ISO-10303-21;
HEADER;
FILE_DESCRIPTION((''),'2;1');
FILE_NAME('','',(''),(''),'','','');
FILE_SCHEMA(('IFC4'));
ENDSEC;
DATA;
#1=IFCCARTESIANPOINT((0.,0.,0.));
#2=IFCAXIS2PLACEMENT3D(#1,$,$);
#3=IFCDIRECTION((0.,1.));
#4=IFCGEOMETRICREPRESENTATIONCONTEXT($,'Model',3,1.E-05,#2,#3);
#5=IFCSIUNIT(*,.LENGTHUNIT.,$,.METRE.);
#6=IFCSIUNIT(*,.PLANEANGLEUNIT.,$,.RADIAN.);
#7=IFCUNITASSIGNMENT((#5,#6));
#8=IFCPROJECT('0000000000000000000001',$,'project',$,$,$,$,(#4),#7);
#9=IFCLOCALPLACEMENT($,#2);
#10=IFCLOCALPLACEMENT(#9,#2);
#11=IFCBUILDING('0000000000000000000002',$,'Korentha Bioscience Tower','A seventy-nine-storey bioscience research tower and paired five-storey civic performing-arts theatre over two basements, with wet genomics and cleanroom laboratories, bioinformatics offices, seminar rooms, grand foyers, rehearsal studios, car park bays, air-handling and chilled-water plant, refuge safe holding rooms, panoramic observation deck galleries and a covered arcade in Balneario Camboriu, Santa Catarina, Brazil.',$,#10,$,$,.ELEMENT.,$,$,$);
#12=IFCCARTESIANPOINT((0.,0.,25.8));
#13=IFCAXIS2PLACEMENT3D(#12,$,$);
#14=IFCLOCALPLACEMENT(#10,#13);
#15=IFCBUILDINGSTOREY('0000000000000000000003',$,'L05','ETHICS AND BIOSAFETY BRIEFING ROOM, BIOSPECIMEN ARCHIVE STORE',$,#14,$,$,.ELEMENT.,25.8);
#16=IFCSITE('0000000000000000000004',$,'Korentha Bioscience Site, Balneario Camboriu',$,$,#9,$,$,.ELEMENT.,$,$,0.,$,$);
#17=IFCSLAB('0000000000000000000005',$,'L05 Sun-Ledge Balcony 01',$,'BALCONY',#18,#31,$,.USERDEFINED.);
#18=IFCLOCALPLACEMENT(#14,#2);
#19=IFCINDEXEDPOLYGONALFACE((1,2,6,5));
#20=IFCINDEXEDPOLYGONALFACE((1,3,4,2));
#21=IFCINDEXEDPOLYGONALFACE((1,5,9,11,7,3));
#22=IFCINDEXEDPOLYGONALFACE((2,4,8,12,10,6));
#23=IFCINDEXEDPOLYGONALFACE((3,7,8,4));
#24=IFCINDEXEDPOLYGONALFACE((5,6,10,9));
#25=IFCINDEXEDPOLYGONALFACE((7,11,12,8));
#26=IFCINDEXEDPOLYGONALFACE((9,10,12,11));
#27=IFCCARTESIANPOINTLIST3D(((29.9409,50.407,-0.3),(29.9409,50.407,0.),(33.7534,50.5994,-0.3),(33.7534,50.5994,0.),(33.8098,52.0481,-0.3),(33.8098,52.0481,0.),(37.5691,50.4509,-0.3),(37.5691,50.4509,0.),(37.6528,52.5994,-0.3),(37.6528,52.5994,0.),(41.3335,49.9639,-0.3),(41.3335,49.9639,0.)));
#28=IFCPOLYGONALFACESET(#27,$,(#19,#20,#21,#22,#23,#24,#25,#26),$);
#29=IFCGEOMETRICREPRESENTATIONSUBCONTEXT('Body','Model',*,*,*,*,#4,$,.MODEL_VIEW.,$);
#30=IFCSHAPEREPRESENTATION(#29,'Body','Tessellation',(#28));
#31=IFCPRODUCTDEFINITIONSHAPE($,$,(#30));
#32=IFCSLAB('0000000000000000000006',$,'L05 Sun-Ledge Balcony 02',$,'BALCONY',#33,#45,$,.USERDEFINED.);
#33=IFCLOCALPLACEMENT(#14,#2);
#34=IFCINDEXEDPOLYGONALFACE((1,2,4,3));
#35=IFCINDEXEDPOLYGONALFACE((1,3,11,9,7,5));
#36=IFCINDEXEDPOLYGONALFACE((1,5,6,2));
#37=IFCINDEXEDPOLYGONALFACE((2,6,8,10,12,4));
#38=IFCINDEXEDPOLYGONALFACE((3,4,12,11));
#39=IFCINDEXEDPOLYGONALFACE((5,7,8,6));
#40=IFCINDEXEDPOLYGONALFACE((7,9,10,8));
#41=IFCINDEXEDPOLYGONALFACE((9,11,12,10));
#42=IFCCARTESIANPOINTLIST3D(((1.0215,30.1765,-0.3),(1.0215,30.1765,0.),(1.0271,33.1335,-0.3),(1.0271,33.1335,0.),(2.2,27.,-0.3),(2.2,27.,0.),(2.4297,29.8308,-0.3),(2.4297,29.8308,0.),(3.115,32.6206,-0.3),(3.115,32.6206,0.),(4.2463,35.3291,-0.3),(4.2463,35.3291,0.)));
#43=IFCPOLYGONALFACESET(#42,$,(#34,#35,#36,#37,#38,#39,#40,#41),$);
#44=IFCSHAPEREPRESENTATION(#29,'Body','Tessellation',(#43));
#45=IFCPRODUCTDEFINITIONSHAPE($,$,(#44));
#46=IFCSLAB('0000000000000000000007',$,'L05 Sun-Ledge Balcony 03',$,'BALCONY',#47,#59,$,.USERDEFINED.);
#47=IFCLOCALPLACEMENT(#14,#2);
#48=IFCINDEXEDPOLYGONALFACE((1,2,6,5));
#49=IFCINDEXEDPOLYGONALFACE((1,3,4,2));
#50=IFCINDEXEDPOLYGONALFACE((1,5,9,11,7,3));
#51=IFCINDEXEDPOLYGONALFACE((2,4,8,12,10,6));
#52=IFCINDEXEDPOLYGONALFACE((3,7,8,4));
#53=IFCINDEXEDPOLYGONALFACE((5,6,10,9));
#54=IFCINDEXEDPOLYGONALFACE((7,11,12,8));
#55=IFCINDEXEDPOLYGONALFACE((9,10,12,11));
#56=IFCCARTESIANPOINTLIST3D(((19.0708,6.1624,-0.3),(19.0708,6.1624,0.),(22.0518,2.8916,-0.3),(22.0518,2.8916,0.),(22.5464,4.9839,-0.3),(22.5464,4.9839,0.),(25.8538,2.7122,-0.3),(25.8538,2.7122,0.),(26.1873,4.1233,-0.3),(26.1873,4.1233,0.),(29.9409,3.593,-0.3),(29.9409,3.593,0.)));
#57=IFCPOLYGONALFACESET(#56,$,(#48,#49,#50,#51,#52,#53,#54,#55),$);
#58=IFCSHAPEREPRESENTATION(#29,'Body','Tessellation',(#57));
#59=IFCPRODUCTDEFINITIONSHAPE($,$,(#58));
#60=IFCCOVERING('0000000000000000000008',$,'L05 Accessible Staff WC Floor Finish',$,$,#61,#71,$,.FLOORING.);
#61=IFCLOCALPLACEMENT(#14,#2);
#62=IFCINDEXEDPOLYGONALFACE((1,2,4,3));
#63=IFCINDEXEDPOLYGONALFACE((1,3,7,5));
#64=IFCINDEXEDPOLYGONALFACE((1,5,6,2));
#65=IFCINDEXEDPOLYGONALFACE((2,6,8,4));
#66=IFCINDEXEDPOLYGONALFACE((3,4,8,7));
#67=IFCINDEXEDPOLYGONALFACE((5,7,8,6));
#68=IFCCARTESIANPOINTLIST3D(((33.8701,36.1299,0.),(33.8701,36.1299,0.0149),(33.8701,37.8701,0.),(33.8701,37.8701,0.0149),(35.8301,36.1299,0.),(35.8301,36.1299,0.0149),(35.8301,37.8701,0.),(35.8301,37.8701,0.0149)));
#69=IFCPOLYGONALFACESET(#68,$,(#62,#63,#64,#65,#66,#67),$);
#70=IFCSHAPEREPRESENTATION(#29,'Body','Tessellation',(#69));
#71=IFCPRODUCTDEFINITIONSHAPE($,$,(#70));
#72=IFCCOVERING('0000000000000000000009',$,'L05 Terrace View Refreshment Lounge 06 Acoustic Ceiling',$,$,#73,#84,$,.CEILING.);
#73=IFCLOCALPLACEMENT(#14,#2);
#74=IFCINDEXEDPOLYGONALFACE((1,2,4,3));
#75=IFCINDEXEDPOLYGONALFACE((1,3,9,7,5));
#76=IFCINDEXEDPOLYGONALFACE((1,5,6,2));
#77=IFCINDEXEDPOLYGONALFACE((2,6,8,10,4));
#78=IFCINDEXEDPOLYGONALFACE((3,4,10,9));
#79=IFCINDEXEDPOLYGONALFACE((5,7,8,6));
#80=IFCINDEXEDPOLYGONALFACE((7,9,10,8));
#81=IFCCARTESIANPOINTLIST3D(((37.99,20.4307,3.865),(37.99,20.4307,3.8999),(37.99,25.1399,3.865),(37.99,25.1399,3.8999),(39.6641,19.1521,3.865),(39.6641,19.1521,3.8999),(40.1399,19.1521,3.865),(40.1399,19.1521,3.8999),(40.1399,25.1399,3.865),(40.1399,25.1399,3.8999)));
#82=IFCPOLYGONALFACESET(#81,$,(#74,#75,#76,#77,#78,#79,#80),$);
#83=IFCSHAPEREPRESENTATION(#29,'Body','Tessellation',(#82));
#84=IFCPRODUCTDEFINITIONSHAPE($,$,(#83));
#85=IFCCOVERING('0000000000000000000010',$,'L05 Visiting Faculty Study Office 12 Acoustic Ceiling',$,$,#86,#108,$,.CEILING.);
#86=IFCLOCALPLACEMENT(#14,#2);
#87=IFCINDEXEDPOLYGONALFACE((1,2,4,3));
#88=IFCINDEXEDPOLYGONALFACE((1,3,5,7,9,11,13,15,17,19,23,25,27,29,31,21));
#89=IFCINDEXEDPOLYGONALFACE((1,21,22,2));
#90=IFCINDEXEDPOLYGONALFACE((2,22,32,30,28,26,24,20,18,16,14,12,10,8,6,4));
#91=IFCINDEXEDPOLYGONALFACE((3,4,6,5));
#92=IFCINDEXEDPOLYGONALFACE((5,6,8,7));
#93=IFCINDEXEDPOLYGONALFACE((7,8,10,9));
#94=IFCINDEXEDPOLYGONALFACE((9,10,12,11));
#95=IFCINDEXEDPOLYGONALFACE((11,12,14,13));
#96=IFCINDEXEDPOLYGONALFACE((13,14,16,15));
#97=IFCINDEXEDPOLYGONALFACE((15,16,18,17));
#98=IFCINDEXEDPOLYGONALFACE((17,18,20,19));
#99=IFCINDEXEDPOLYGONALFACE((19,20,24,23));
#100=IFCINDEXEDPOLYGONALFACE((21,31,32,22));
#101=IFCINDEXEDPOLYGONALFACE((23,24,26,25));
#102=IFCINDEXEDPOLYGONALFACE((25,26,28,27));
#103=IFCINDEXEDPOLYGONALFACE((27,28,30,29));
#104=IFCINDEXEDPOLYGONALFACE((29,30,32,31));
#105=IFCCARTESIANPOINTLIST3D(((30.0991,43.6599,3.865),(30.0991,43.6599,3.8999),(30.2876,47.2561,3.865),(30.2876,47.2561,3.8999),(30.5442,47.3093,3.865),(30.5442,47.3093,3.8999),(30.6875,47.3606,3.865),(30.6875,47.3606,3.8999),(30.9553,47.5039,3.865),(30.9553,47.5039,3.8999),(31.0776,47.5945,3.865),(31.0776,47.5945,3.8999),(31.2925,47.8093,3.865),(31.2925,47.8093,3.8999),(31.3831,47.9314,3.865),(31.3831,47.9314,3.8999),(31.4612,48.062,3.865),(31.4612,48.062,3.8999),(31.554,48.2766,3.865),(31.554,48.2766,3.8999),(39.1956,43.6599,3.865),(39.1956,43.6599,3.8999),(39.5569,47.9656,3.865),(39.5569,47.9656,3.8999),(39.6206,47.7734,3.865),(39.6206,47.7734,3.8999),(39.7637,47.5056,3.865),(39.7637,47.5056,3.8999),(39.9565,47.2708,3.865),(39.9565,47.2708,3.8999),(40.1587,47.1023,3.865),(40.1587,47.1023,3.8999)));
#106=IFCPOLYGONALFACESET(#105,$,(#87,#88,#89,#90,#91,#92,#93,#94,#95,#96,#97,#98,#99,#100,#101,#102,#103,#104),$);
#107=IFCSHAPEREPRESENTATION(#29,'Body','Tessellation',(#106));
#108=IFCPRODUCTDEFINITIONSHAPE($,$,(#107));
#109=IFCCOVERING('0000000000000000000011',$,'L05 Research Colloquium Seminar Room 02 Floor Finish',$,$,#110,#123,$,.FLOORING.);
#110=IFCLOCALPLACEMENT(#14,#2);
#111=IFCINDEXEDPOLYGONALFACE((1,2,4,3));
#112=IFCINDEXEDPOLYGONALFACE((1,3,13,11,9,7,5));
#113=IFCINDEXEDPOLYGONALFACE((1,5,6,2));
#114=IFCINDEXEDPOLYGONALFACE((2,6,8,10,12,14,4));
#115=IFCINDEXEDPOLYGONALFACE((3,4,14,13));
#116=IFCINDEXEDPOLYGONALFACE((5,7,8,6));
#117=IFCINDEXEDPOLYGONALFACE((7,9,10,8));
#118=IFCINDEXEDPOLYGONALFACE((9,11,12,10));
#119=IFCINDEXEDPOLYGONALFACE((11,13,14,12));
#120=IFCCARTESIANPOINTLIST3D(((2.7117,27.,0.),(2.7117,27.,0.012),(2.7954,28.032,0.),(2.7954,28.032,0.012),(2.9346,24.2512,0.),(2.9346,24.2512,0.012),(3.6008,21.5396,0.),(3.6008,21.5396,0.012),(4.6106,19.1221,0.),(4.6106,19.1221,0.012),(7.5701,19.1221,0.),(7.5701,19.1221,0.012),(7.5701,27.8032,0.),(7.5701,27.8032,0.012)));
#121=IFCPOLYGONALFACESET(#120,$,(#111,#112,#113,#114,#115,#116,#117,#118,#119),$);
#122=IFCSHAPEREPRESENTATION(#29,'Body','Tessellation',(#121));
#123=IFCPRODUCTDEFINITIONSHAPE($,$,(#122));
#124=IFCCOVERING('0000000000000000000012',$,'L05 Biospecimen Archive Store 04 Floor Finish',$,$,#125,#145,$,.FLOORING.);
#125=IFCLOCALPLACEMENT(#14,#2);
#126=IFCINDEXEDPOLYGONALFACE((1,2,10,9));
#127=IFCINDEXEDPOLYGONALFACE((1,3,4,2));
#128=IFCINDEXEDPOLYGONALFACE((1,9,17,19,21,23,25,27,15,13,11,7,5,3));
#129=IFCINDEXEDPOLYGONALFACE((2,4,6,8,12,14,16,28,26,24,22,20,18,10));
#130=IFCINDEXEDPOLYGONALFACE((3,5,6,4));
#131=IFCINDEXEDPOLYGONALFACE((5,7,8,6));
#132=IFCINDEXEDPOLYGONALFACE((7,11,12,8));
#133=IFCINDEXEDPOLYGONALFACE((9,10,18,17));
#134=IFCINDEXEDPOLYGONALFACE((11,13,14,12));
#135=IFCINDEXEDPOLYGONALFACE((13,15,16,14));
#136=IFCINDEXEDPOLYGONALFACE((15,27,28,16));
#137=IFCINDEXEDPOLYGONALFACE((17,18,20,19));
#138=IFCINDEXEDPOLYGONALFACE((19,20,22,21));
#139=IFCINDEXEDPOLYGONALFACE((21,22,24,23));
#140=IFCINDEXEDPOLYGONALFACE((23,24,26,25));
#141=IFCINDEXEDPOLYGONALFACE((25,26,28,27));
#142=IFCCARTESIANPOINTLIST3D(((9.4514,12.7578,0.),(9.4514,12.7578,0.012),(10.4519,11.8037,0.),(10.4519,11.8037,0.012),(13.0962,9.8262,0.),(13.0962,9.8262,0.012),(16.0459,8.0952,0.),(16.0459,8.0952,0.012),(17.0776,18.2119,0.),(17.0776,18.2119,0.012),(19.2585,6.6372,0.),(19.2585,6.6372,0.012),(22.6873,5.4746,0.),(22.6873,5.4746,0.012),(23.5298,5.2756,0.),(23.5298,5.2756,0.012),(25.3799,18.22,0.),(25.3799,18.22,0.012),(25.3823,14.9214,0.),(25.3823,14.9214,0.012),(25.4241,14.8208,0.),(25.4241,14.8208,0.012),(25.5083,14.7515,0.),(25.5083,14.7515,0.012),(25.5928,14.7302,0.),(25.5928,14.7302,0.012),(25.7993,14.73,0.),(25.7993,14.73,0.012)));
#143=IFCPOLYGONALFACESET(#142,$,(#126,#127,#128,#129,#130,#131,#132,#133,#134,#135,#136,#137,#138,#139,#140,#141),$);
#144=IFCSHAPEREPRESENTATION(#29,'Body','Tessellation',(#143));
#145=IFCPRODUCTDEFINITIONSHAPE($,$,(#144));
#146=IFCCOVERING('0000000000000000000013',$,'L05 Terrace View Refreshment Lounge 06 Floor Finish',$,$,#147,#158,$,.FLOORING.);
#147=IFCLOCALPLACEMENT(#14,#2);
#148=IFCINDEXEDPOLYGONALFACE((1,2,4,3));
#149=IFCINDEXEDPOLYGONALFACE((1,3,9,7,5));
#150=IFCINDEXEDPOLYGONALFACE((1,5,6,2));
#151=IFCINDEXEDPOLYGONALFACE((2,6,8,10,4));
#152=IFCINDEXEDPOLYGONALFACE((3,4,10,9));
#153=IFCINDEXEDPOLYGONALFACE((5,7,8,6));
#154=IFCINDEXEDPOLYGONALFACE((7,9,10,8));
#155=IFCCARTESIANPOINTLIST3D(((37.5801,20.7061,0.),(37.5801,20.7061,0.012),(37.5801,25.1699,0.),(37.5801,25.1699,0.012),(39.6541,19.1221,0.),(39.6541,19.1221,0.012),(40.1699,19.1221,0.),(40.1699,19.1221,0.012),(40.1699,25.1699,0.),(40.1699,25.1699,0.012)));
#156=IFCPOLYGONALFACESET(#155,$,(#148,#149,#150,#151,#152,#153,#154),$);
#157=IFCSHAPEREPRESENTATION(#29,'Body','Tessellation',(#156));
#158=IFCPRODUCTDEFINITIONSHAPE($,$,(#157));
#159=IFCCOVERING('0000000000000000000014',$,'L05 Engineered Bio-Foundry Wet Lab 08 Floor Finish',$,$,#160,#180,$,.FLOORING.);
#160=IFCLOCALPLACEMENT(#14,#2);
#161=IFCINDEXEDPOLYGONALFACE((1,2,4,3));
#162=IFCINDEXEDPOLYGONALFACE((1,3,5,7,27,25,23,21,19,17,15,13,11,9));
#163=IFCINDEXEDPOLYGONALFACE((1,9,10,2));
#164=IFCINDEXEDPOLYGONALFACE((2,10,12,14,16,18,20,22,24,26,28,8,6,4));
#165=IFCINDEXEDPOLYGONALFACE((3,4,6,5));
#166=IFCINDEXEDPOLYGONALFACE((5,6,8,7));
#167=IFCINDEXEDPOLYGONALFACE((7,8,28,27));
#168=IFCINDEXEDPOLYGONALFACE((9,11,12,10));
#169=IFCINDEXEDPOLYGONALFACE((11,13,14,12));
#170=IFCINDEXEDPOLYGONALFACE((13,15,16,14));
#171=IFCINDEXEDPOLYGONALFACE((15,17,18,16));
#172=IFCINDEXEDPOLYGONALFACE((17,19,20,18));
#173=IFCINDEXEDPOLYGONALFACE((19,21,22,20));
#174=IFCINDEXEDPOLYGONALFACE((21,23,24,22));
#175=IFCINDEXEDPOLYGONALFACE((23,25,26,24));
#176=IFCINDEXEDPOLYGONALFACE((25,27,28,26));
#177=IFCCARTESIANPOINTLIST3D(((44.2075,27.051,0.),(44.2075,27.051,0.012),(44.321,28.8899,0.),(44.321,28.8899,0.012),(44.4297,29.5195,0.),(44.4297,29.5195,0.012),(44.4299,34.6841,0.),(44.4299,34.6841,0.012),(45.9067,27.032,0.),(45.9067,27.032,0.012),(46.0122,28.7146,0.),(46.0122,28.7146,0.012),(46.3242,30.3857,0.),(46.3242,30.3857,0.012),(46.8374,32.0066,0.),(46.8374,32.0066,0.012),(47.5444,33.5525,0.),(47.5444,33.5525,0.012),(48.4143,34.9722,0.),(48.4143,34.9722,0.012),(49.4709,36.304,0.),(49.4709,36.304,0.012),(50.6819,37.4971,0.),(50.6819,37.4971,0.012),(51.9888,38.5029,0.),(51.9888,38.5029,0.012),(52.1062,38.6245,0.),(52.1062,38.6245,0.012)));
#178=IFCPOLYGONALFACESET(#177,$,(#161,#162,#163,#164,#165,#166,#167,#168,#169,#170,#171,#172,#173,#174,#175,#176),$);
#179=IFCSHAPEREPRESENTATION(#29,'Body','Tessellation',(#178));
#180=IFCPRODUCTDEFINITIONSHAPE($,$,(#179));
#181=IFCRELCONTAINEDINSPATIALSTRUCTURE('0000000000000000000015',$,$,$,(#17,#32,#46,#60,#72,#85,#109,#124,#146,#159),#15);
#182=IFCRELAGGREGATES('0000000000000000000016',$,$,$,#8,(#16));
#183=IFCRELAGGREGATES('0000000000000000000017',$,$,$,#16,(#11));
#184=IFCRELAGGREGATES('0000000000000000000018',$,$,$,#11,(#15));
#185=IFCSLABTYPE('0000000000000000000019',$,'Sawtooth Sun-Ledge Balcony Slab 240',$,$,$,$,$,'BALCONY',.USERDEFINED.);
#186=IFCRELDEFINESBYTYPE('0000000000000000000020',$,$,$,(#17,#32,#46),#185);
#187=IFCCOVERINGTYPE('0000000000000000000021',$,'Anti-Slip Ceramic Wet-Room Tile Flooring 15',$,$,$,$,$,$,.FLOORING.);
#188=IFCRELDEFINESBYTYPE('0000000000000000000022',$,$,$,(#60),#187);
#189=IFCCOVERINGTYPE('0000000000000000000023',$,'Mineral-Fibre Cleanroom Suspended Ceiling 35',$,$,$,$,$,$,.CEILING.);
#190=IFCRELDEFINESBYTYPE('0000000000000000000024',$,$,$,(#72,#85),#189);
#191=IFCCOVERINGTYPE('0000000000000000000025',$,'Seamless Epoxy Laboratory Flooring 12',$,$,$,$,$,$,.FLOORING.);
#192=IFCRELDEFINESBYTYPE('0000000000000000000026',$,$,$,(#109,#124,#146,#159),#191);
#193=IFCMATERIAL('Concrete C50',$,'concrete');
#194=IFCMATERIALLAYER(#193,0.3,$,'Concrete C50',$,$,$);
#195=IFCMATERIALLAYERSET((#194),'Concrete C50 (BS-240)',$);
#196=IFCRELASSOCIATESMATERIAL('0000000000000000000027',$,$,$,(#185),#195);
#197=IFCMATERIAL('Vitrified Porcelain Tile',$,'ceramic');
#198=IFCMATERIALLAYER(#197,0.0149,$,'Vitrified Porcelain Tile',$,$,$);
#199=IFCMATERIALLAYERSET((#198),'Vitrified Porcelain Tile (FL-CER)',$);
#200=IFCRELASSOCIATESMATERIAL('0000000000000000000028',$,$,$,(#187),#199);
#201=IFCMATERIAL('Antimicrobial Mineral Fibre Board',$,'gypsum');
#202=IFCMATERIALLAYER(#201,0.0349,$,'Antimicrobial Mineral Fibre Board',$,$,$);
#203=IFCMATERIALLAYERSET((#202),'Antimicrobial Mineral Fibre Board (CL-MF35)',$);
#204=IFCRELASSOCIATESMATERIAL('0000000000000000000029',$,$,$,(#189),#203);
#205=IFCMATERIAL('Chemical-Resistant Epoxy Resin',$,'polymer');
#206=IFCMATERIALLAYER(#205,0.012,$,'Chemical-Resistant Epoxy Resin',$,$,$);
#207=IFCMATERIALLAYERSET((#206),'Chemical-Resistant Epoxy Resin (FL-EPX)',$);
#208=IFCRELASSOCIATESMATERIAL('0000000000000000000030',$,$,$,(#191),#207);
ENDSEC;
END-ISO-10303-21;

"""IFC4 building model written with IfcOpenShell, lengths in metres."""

from ifc_helpers import new_model, si_unit, direction, frame, origin, place, context, subcontext, project, spatial, polyline, outline, extrude, material, layer, layer_set, type_object, element, save


model = new_model("IFC4")

# Units and contexts
model_context = context("Model", 3, precision=1e-05, world=origin(), true_north=direction((0.0, 1.0)))
body_context = subcontext(model_context, "Body", "Model", "MODEL_VIEW")
ifc_project = project(units=[si_unit("LENGTHUNIT", "METRE"), si_unit("PLANEANGLEUNIT", "RADIAN")], contexts=[model_context])

# Site, building, storey
site_placement = place(None, origin())
site = spatial("IfcSite", under=ifc_project, at=site_placement, Name="Korentha Bioscience Site, Balneario Camboriu", CompositionType="ELEMENT", RefElevation=0.0)
building_placement = place(site_placement, origin())
building = spatial("IfcBuilding", under=site, at=building_placement, Name="Korentha Bioscience Tower", Description="A seventy-nine-storey bioscience research tower and paired five-storey civic performing-arts theatre over two basements, with wet genomics and cleanroom laboratories, bioinformatics offices, seminar rooms, grand foyers, rehearsal studios, car park bays, air-handling and chilled-water plant, refuge safe holding rooms, panoramic observation deck galleries and a covered arcade in Balneario Camboriu, Santa Catarina, Brazil.", CompositionType="ELEMENT")
storey_placement = place(building_placement, frame((0.0, 0.0, 25.8)))
storey = spatial("IfcBuildingStorey", under=building, at=storey_placement, Name="L05", Description="ETHICS AND BIOSAFETY BRIEFING ROOM, BIOSPECIMEN ARCHIVE STORE", CompositionType="ELEMENT", Elevation=25.8)

# Shared definitions
ifc_material_1 = material(Name="Concrete C50", Category="concrete")

# Slabs
ifc_layer_1 = layer(ifc_material_1, 0.3, Name="Concrete C50")
ifc_layer_set_1 = layer_set([ifc_layer_1], Name="Concrete C50 (BS-240)")
slab_type_1 = type_object("IfcSlabType", Name="Sawtooth Sun-Ledge Balcony Slab 240", ElementType="BALCONY", PredefinedType="USERDEFINED", material=ifc_layer_set_1)
slab_1_placement = place(storey_placement, frame((0.0, 0.0, -0.3)))
element("IfcSlab", 1, at=slab_1_placement, inside=storey, type_object=slab_type_1, Name="L05 Sun-Ledge Balcony 01", ObjectType="BALCONY", PredefinedType="USERDEFINED", context=body_context, shape_type="SweptSolid", body=[
    extrude(outline(polyline([(29.9409, 50.407), (33.7534, 50.5994), (37.5691, 50.4509), (41.3335, 49.9639), (37.6528, 52.5994), (33.8098, 52.0481), (29.9409, 50.407)])), origin(), (0.0, 0.0, 1.0), 0.3),
])
slab_2_placement = place(storey_placement, frame((0.0, 0.0, -0.3)))
element("IfcSlab", 2, at=slab_2_placement, inside=storey, type_object=slab_type_1, Name="L05 Sun-Ledge Balcony 02", ObjectType="BALCONY", PredefinedType="USERDEFINED", context=body_context, shape_type="SweptSolid", body=[
    extrude(outline(polyline([(2.2, 27.0), (2.4297, 29.8308), (3.115, 32.6206), (4.2463, 35.3291), (1.0271, 33.1335), (1.0215, 30.1765), (2.2, 27.0)])), origin(), (0.0, 0.0, 1.0), 0.3),
])
slab_3_placement = place(storey_placement, frame((0.0, 0.0, -0.3)))
element("IfcSlab", 3, at=slab_3_placement, inside=storey, type_object=slab_type_1, Name="L05 Sun-Ledge Balcony 03", ObjectType="BALCONY", PredefinedType="USERDEFINED", context=body_context, shape_type="SweptSolid", body=[
    extrude(outline(polyline([(29.9409, 3.593), (26.1873, 4.1233), (22.5464, 4.9839), (19.0708, 6.1624), (22.0518, 2.8916), (25.8538, 2.7122), (29.9409, 3.593)])), origin(), (0.0, 0.0, 1.0), 0.3),
])

# Coverings
ifc_material_2 = material(Name="Vitrified Porcelain Tile", Category="ceramic")
ifc_layer_2 = layer(ifc_material_2, 0.0149, Name="Vitrified Porcelain Tile")
ifc_layer_set_2 = layer_set([ifc_layer_2], Name="Vitrified Porcelain Tile (FL-CER)")
covering_type_1 = type_object("IfcCoveringType", Name="Anti-Slip Ceramic Wet-Room Tile Flooring 15", PredefinedType="FLOORING", material=ifc_layer_set_2)
covering_1_placement = place(storey_placement, origin())
element("IfcCovering", 4, at=covering_1_placement, inside=storey, type_object=covering_type_1, Name="L05 Accessible Staff WC Floor Finish", PredefinedType="FLOORING", context=body_context, shape_type="SweptSolid", body=[
    extrude(outline(polyline([(33.8701, 36.1299), (33.8701, 37.8701), (35.8301, 37.8701), (35.8301, 36.1299), (33.8701, 36.1299)])), origin(), (0.0, 0.0, 1.0), 0.0149),
])
ifc_material_3 = material(Name="Antimicrobial Mineral Fibre Board", Category="gypsum")
ifc_layer_3 = layer(ifc_material_3, 0.0349, Name="Antimicrobial Mineral Fibre Board")
ifc_layer_set_3 = layer_set([ifc_layer_3], Name="Antimicrobial Mineral Fibre Board (CL-MF35)")
covering_type_2 = type_object("IfcCoveringType", Name="Mineral-Fibre Cleanroom Suspended Ceiling 35", PredefinedType="CEILING", material=ifc_layer_set_3)
covering_2_placement = place(storey_placement, frame((0.0, 0.0, 3.865)))
element("IfcCovering", 5, at=covering_2_placement, inside=storey, type_object=covering_type_2, Name="L05 Terrace View Refreshment Lounge 06 Acoustic Ceiling", PredefinedType="CEILING", context=body_context, shape_type="SweptSolid", body=[
    extrude(outline(polyline([(40.1399, 19.1521), (39.6641, 19.1521), (37.99, 20.4307), (37.99, 25.1399), (40.1399, 25.1399), (40.1399, 19.1521)])), origin(), (0.0, 0.0, 1.0), 0.0349),
])
covering_3_placement = place(storey_placement, frame((0.0, 0.0, 3.865)))
element("IfcCovering", 6, at=covering_3_placement, inside=storey, type_object=covering_type_2, Name="L05 Visiting Faculty Study Office 12 Acoustic Ceiling", PredefinedType="CEILING", context=body_context, shape_type="SweptSolid", body=[
    extrude(outline(polyline([(30.2876, 47.2561), (30.5442, 47.3093), (30.6875, 47.3606), (30.9553, 47.5039), (31.0776, 47.5945), (31.2925, 47.8093), (31.3831, 47.9314), (31.4612, 48.062), (31.554, 48.2766), (39.5569, 47.9656), (39.6206, 47.7734), (39.7637, 47.5056), (39.9565, 47.2708), (40.1587, 47.1023), (39.1956, 43.6599), (30.0991, 43.6599), (30.2876, 47.2561)])), origin(), (0.0, 0.0, 1.0), 0.0349),
])
ifc_material_4 = material(Name="Chemical-Resistant Epoxy Resin", Category="polymer")
ifc_layer_4 = layer(ifc_material_4, 0.012, Name="Chemical-Resistant Epoxy Resin")
ifc_layer_set_4 = layer_set([ifc_layer_4], Name="Chemical-Resistant Epoxy Resin (FL-EPX)")
covering_type_3 = type_object("IfcCoveringType", Name="Seamless Epoxy Laboratory Flooring 12", PredefinedType="FLOORING", material=ifc_layer_set_4)
covering_4_placement = place(storey_placement, origin())
element("IfcCovering", 7, at=covering_4_placement, inside=storey, type_object=covering_type_3, Name="L05 Research Colloquium Seminar Room 02 Floor Finish", PredefinedType="FLOORING", context=body_context, shape_type="SweptSolid", body=[
    extrude(outline(polyline([(2.7117, 27.0), (2.7954, 28.032), (7.5701, 27.8032), (7.5701, 19.1221), (4.6106, 19.1221), (3.6008, 21.5396), (2.9346, 24.2512), (2.7117, 27.0)])), origin(), (0.0, 0.0, 1.0), 0.012),
])
covering_5_placement = place(storey_placement, origin())
element("IfcCovering", 8, at=covering_5_placement, inside=storey, type_object=covering_type_3, Name="L05 Biospecimen Archive Store 04 Floor Finish", PredefinedType="FLOORING", context=body_context, shape_type="SweptSolid", body=[
    extrude(outline(polyline([(16.0459, 8.0952), (13.0962, 9.8262), (10.4519, 11.8037), (9.4514, 12.7578), (17.0776, 18.2119), (25.3799, 18.22), (25.3823, 14.9214), (25.4241, 14.8208), (25.5083, 14.7515), (25.5928, 14.7302), (25.7993, 14.73), (23.5298, 5.2756), (22.6873, 5.4746), (19.2585, 6.6372), (16.0459, 8.0952)])), origin(), (0.0, 0.0, 1.0), 0.012),
])
covering_6_placement = place(storey_placement, origin())
element("IfcCovering", 9, at=covering_6_placement, inside=storey, type_object=covering_type_3, Name="L05 Terrace View Refreshment Lounge 06 Floor Finish", PredefinedType="FLOORING", context=body_context, shape_type="SweptSolid", body=[
    extrude(outline(polyline([(37.5801, 20.7061), (37.5801, 25.1699), (40.1699, 25.1699), (40.1699, 19.1221), (39.6541, 19.1221), (37.5801, 20.7061)])), origin(), (0.0, 0.0, 1.0), 0.012),
])
covering_7_placement = place(storey_placement, origin())
element("IfcCovering", 10, at=covering_7_placement, inside=storey, type_object=covering_type_3, Name="L05 Engineered Bio-Foundry Wet Lab 08 Floor Finish", PredefinedType="FLOORING", context=body_context, shape_type="SweptSolid", body=[
    extrude(outline(polyline([(44.2075, 27.051), (44.321, 28.8899), (44.4297, 29.5195), (44.4299, 34.6841), (52.1062, 38.6245), (51.9888, 38.5029), (50.6819, 37.4971), (49.4709, 36.304), (48.4143, 34.9722), (47.5444, 33.5525), (46.8374, 32.0066), (46.3242, 30.3857), (46.0122, 28.7146), (45.9067, 27.032), (44.2075, 27.051)])), origin(), (0.0, 0.0, 1.0), 0.012),
])

save(model, "model.ifc")
